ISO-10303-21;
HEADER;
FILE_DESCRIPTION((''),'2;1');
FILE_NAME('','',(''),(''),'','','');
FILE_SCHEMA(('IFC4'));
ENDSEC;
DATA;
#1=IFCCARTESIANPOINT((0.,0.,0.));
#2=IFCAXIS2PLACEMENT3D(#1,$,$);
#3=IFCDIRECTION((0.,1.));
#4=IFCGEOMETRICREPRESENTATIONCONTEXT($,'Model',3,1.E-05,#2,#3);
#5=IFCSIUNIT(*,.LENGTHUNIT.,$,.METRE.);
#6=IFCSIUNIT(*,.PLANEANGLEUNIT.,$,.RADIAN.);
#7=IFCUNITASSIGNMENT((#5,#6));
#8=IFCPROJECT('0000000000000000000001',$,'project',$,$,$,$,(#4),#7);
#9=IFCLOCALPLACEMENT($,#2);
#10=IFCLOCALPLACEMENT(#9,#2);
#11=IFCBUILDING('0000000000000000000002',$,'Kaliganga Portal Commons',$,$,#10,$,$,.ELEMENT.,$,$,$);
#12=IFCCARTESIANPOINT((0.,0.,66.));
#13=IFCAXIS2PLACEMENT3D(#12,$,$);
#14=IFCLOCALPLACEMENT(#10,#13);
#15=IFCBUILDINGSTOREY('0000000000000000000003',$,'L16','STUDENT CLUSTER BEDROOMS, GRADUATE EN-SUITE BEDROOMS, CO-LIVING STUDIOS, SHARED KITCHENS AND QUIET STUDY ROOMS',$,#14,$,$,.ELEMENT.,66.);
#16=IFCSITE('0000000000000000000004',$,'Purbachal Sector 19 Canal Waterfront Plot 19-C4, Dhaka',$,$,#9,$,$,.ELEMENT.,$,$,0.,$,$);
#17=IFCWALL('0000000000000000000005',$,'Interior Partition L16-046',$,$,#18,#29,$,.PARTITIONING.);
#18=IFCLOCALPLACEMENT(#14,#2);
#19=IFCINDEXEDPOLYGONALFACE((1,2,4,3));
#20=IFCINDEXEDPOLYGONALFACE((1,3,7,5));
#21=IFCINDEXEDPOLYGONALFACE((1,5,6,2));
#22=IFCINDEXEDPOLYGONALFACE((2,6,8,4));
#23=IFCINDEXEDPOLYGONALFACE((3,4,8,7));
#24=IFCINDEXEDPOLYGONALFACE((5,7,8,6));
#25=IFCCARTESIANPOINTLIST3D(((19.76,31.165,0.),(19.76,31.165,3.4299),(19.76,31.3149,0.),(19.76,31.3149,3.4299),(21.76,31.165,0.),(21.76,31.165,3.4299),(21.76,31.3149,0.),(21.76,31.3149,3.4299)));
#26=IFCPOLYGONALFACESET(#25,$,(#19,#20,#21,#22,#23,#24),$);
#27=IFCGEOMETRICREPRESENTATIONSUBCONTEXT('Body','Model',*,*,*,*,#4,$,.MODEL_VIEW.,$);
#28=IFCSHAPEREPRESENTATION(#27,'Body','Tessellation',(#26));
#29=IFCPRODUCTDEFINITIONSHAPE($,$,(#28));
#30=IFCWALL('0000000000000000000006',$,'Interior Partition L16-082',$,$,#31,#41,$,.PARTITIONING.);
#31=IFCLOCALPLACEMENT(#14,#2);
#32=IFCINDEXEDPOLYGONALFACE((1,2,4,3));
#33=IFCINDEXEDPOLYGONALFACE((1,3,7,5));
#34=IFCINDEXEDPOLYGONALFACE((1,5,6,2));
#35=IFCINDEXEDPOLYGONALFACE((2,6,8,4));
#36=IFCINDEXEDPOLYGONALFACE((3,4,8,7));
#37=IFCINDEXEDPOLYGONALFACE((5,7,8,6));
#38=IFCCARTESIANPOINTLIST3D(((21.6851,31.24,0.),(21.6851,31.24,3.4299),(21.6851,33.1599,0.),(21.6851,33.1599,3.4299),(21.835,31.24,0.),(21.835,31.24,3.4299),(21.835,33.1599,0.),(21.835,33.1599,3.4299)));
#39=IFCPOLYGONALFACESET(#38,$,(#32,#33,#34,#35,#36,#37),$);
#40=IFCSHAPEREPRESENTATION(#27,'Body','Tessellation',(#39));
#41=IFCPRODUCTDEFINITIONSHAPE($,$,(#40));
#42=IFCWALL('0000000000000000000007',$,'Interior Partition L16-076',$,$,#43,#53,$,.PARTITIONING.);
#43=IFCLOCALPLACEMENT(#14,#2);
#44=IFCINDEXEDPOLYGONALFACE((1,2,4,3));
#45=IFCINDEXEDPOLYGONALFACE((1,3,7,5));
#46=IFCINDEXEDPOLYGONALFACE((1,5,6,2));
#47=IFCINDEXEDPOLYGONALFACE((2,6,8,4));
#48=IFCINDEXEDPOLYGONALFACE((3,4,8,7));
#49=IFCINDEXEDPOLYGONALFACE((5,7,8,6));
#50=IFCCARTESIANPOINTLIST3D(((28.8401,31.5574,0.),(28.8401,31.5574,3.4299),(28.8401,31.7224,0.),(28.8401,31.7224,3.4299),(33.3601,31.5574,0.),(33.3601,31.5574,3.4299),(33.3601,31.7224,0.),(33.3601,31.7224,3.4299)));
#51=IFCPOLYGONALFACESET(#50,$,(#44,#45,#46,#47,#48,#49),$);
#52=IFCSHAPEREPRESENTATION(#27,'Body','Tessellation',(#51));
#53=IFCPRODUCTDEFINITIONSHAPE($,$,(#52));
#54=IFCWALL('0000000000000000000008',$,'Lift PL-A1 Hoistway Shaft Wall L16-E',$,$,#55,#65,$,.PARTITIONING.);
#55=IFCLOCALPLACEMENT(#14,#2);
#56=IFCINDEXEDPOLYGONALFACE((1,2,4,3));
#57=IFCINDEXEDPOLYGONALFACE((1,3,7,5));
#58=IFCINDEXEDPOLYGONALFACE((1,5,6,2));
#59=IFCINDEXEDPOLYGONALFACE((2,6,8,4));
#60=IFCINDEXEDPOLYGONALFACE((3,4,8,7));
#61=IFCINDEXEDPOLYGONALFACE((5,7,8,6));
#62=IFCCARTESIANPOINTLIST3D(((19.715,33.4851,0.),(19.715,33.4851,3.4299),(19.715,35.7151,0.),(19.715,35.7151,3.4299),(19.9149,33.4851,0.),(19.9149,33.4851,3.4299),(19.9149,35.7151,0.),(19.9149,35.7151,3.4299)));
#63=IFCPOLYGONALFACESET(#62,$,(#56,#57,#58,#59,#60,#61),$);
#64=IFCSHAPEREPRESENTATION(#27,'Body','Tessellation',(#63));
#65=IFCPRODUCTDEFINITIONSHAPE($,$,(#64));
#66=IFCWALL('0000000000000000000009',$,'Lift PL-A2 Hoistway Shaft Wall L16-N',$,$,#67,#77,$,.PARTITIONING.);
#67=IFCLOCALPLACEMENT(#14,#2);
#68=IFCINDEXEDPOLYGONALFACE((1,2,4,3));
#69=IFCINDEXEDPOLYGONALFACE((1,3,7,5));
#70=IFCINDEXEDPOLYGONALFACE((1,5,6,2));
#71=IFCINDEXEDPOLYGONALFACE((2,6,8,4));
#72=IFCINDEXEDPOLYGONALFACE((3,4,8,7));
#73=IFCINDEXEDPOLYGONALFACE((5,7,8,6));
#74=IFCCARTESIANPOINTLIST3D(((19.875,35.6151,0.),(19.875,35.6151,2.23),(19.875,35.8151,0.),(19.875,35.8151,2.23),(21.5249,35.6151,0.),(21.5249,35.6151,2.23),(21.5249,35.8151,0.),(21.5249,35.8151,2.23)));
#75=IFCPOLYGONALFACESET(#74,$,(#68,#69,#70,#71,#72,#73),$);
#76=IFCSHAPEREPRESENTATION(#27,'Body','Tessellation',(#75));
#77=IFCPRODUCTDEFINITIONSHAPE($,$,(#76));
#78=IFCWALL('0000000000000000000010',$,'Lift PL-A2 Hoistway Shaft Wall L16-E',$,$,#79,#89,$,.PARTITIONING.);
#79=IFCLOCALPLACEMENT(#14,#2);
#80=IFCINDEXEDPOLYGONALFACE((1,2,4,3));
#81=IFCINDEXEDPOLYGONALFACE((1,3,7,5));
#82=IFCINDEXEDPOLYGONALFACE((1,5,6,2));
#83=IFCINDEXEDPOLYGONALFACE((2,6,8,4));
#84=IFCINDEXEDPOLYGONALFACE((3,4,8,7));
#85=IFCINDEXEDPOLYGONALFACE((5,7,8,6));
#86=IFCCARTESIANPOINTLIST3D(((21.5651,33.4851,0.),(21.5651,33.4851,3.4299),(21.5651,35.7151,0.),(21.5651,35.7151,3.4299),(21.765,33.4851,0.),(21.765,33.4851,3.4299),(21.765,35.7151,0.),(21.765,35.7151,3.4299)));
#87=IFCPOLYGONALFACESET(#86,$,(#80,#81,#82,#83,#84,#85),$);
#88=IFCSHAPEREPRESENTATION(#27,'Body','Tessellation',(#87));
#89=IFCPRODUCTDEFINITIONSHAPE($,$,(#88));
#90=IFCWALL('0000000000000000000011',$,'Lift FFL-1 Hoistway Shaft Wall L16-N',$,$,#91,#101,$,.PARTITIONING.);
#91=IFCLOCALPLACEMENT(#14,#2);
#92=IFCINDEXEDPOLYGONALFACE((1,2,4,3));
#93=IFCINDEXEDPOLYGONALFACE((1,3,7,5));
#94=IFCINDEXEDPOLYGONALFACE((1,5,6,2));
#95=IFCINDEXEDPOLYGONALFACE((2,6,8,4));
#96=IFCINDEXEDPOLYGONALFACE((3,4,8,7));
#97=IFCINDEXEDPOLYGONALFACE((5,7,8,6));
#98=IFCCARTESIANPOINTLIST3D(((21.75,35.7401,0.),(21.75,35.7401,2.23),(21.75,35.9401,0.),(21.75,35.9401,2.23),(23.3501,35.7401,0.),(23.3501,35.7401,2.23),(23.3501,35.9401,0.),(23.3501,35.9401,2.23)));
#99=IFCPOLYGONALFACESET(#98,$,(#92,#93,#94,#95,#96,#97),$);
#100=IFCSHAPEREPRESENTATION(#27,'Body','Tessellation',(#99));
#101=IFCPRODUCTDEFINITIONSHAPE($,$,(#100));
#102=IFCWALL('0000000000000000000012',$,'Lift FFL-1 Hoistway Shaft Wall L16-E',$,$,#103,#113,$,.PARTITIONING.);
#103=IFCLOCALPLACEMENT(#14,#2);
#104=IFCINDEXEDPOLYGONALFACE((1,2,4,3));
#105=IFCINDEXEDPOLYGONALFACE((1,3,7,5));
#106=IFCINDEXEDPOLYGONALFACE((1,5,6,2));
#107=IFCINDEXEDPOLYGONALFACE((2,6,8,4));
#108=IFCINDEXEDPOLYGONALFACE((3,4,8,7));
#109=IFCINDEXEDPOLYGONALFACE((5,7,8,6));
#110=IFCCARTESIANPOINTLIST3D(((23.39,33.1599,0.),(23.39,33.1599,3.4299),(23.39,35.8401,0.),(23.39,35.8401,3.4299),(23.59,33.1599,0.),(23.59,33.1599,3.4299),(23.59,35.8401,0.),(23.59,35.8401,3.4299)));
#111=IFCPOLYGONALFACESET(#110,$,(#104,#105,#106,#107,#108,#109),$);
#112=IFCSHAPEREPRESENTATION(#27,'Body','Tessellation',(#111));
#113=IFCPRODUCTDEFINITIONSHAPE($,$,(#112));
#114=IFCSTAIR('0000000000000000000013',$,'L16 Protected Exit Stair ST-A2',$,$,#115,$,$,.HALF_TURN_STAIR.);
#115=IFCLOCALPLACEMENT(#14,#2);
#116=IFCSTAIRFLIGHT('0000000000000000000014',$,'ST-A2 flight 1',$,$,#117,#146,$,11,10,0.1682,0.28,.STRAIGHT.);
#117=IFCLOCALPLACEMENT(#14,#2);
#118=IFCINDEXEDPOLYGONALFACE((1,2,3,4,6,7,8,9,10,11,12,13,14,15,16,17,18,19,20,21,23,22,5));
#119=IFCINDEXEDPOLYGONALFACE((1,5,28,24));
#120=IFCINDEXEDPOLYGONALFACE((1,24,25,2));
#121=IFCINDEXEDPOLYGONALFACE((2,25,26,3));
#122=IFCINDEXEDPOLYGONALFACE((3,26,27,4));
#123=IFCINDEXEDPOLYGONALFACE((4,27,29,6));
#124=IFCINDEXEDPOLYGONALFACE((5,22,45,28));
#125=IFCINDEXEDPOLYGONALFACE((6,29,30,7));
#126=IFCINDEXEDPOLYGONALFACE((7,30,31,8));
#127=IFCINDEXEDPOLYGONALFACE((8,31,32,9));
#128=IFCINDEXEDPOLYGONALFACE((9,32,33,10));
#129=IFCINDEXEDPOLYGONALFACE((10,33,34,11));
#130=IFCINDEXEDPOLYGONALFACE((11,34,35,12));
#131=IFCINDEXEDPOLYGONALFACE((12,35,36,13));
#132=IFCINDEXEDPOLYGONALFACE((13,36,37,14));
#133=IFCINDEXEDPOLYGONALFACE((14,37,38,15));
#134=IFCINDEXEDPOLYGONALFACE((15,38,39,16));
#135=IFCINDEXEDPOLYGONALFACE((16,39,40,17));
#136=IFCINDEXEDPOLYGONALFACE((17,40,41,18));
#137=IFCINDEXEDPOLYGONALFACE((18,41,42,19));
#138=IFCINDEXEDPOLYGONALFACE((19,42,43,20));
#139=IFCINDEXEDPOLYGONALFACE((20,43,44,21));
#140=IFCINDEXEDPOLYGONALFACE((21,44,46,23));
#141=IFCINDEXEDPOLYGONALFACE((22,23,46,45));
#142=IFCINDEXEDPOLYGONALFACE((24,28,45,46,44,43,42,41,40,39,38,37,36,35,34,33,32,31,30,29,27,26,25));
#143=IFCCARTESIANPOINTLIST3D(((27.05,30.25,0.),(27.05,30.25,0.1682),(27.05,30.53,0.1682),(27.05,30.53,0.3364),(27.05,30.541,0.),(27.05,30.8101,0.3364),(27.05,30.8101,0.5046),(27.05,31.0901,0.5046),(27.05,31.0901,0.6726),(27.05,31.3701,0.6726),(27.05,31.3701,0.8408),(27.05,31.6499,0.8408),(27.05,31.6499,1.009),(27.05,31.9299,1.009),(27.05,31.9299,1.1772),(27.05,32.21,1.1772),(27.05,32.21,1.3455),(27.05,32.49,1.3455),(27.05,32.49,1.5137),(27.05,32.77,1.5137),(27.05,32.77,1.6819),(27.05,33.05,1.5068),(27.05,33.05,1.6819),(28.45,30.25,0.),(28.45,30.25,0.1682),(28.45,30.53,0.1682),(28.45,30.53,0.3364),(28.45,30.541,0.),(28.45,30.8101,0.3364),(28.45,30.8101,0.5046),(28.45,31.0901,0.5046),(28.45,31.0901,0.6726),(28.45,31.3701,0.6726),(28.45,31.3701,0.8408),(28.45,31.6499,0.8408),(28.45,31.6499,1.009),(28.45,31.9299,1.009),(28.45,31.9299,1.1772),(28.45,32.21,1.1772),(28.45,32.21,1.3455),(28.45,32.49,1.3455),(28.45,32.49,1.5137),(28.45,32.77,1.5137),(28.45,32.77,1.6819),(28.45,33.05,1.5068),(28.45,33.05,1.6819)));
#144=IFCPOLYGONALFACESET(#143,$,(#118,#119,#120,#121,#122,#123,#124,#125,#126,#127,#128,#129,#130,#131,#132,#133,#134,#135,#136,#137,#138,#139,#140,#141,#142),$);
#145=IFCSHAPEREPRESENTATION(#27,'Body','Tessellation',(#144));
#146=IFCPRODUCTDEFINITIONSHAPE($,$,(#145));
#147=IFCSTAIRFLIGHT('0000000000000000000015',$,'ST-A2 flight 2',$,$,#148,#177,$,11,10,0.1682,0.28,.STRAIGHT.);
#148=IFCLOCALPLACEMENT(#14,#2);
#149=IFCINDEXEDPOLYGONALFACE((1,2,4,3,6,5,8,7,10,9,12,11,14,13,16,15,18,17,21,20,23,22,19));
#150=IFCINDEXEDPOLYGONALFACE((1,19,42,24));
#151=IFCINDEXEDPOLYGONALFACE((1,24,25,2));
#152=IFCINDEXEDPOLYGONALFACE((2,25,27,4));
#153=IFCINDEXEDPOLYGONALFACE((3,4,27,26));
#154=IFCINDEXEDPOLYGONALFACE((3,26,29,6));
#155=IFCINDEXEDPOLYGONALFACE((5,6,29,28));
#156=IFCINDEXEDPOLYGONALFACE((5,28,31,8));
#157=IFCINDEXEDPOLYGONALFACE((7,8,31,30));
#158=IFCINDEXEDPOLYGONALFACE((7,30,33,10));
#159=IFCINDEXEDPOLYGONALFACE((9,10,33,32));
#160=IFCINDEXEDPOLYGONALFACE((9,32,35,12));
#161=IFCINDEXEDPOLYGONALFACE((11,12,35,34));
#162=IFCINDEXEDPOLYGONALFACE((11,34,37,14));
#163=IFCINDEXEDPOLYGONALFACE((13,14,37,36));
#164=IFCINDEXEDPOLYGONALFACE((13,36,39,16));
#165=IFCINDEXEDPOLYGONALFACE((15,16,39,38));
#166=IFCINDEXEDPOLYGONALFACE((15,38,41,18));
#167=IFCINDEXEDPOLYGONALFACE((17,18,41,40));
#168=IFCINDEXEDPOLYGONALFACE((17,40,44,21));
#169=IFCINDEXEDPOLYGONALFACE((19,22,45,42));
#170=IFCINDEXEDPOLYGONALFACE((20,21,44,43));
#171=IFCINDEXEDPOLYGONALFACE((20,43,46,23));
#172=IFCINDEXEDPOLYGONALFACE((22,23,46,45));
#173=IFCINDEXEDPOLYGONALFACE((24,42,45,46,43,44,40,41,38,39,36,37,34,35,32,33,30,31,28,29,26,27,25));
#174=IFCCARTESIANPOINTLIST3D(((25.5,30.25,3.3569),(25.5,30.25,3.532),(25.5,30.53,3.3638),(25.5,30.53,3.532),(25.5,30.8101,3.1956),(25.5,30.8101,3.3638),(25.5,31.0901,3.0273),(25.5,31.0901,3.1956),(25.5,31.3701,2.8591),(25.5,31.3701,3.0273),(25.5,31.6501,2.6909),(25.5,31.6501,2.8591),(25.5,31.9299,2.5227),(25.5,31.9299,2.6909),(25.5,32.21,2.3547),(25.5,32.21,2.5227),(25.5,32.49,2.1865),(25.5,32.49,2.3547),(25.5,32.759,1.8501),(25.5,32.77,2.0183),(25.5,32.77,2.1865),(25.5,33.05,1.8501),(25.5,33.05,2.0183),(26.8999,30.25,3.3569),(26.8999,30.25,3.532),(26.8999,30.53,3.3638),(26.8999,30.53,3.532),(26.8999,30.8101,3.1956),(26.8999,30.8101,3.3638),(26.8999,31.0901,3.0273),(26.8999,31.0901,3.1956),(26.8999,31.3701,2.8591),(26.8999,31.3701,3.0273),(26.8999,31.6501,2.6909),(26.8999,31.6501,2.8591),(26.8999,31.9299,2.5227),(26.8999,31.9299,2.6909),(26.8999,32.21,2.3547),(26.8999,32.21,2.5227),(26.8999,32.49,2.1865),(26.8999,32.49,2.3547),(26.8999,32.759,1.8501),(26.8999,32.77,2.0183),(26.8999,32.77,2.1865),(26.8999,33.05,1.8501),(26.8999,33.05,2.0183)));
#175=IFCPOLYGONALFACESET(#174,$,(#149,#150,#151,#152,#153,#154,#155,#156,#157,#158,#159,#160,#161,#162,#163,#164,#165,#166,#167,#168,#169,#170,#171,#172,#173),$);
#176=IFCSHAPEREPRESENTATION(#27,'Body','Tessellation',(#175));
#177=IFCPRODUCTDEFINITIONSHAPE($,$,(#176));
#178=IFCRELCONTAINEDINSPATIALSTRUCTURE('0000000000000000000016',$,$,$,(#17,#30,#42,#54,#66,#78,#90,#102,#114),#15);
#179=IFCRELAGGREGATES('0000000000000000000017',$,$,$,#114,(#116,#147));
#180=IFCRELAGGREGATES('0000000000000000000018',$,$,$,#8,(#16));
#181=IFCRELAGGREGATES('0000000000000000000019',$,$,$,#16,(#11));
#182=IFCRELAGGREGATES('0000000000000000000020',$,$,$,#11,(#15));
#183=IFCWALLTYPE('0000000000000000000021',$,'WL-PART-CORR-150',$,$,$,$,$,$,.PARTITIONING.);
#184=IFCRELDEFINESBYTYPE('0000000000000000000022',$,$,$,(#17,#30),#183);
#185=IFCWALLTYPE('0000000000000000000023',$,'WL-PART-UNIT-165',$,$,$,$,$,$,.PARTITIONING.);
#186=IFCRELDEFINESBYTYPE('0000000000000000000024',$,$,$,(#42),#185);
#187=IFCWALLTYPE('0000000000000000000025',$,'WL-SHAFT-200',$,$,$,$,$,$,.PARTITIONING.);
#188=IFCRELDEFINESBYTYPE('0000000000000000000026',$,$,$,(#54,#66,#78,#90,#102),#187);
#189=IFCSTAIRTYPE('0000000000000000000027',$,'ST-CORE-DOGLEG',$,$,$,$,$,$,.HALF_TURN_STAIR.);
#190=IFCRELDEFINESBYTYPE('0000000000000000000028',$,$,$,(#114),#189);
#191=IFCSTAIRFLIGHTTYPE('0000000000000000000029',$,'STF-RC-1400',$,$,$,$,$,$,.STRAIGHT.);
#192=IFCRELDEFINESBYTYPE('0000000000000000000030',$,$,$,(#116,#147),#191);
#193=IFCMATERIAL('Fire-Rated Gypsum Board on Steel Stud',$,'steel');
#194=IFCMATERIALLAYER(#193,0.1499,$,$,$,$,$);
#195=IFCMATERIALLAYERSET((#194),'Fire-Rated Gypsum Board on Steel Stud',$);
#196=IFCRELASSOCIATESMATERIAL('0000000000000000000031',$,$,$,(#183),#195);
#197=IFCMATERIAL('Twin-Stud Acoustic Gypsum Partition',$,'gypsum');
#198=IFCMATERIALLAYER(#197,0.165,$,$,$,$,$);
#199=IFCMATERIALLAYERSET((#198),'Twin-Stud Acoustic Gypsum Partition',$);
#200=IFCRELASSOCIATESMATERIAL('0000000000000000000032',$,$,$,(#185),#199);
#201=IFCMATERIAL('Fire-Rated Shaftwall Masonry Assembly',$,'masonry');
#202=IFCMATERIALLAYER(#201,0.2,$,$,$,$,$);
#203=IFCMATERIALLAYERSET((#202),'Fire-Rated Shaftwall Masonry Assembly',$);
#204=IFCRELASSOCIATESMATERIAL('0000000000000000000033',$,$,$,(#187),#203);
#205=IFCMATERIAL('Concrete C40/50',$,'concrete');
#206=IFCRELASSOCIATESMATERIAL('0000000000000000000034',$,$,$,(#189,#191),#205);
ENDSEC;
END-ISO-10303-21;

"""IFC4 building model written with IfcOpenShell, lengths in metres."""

from ifc_helpers import new_model, si_unit, direction, frame, frame_2d, origin, place, context, subcontext, project, spatial, polyline, rectangle, outline, extrude, material, layer, layer_set, type_object, element, aggregate, save


model = new_model("IFC4")

# Units and contexts
model_context = context("Model", 3, precision=1e-05, world=origin(), true_north=direction((0.0, 1.0)))
body_context = subcontext(model_context, "Body", "Model", "MODEL_VIEW")
ifc_project = project(units=[si_unit("LENGTHUNIT", "METRE"), si_unit("PLANEANGLEUNIT", "RADIAN")], contexts=[model_context])

# Site, building, storey
site_placement = place(None, origin())
site = spatial("IfcSite", under=ifc_project, at=site_placement, Name="Purbachal Sector 19 Canal Waterfront Plot 19-C4, Dhaka", CompositionType="ELEMENT", RefElevation=0.0)
building_placement = place(site_placement, origin())
building = spatial("IfcBuilding", under=site, at=building_placement, Name="Kaliganga Portal Commons", CompositionType="ELEMENT")
storey_placement = place(building_placement, frame((0.0, 0.0, 66.0)))
storey = spatial("IfcBuildingStorey", under=building, at=storey_placement, Name="L16", Description="STUDENT CLUSTER BEDROOMS, GRADUATE EN-SUITE BEDROOMS, CO-LIVING STUDIOS, SHARED KITCHENS AND QUIET STUDY ROOMS", CompositionType="ELEMENT", Elevation=66.0)

# Walls
ifc_material_1 = material(Name="Fire-Rated Gypsum Board on Steel Stud", Category="steel")
ifc_layer_1 = layer(ifc_material_1, 0.1499)
ifc_layer_set_1 = layer_set([ifc_layer_1], Name="Fire-Rated Gypsum Board on Steel Stud")
wall_type_1 = type_object("IfcWallType", Name="WL-PART-CORR-150", PredefinedType="PARTITIONING", material=ifc_layer_set_1)
wall_1_placement = place(storey_placement, frame((19.76, 31.24, 0.0), z_axis=(0.0, 0.0, 1.0), x_axis=(1.0, 0.0, 0.0)))
element("IfcWall", 1, at=wall_1_placement, inside=storey, type_object=wall_type_1, Name="Interior Partition L16-046", PredefinedType="PARTITIONING", context=body_context, shape_type="SweptSolid", body=[
    extrude(rectangle(XDim=2.0, YDim=0.1499, at=frame_2d((1.0, 0.0))), origin(), (0.0, 0.0, 1.0), 3.4299),
])
wall_2_placement = place(storey_placement, frame((21.76, 31.24, 0.0), z_axis=(0.0, 0.0, 1.0), x_axis=(0.0, 1.0, 0.0)))
element("IfcWall", 2, at=wall_2_placement, inside=storey, type_object=wall_type_1, Name="Interior Partition L16-082", PredefinedType="PARTITIONING", context=body_context, shape_type="SweptSolid", body=[
    extrude(rectangle(XDim=1.9199, YDim=0.1499, at=frame_2d((0.96, 0.0))), origin(), (0.0, 0.0, 1.0), 3.4299),
])
ifc_material_2 = material(Name="Twin-Stud Acoustic Gypsum Partition", Category="gypsum")
ifc_layer_2 = layer(ifc_material_2, 0.165)
ifc_layer_set_2 = layer_set([ifc_layer_2], Name="Twin-Stud Acoustic Gypsum Partition")
wall_type_2 = type_object("IfcWallType", Name="WL-PART-UNIT-165", PredefinedType="PARTITIONING", material=ifc_layer_set_2)
wall_3_placement = place(storey_placement, frame((28.8401, 31.6399, 0.0), z_axis=(0.0, 0.0, 1.0), x_axis=(1.0, 0.0, 0.0)))
element("IfcWall", 3, at=wall_3_placement, inside=storey, type_object=wall_type_2, Name="Interior Partition L16-076", PredefinedType="PARTITIONING", context=body_context, shape_type="SweptSolid", body=[
    extrude(rectangle(XDim=4.52, YDim=0.165, at=frame_2d((2.26, 0.0))), origin(), (0.0, 0.0, 1.0), 3.4299),
])
ifc_material_3 = material(Name="Fire-Rated Shaftwall Masonry Assembly", Category="masonry")
ifc_layer_3 = layer(ifc_material_3, 0.2)
ifc_layer_set_3 = layer_set([ifc_layer_3], Name="Fire-Rated Shaftwall Masonry Assembly")
wall_type_3 = type_object("IfcWallType", Name="WL-SHAFT-200", PredefinedType="PARTITIONING", material=ifc_layer_set_3)
wall_4_placement = place(storey_placement, frame((19.8149, 33.4851, 0.0), z_axis=(0.0, 0.0, 1.0), x_axis=(0.0, 1.0, 0.0)))
element("IfcWall", 4, at=wall_4_placement, inside=storey, type_object=wall_type_3, Name="Lift PL-A1 Hoistway Shaft Wall L16-E", PredefinedType="PARTITIONING", context=body_context, shape_type="SweptSolid", body=[
    extrude(rectangle(XDim=2.23, YDim=0.2, at=frame_2d((1.115, 0.0))), origin(), (0.0, 0.0, 1.0), 3.4299),
])

# Walls
wall_5_placement = place(storey_placement, frame((19.875, 35.7151, 0.0), z_axis=(0.0, 0.0, 1.0), x_axis=(1.0, 0.0, 0.0)))
element("IfcWall", 5, at=wall_5_placement, inside=storey, type_object=wall_type_3, Name="Lift PL-A2 Hoistway Shaft Wall L16-N", PredefinedType="PARTITIONING", context=body_context, shape_type="SweptSolid", body=[
    extrude(rectangle(XDim=1.6499, YDim=0.2, at=frame_2d((0.825, 0.0))), origin(), (0.0, 0.0, 1.0), 2.23),
])
wall_6_placement = place(storey_placement, frame((21.665, 33.4851, 0.0), z_axis=(0.0, 0.0, 1.0), x_axis=(0.0, 1.0, 0.0)))
element("IfcWall", 6, at=wall_6_placement, inside=storey, type_object=wall_type_3, Name="Lift PL-A2 Hoistway Shaft Wall L16-E", PredefinedType="PARTITIONING", context=body_context, shape_type="SweptSolid", body=[
    extrude(rectangle(XDim=2.23, YDim=0.2, at=frame_2d((1.115, 0.0))), origin(), (0.0, 0.0, 1.0), 3.4299),
])

# Walls
wall_7_placement = place(storey_placement, frame((21.75, 35.8401, 0.0), z_axis=(0.0, 0.0, 1.0), x_axis=(1.0, 0.0, 0.0)))
element("IfcWall", 7, at=wall_7_placement, inside=storey, type_object=wall_type_3, Name="Lift FFL-1 Hoistway Shaft Wall L16-N", PredefinedType="PARTITIONING", context=body_context, shape_type="SweptSolid", body=[
    extrude(rectangle(XDim=1.6001, YDim=0.2, at=frame_2d((0.8, 0.0))), origin(), (0.0, 0.0, 1.0), 2.23),
])
wall_8_placement = place(storey_placement, frame((23.49, 33.1599, 0.0), z_axis=(0.0, 0.0, 1.0), x_axis=(0.0, 1.0, 0.0)))
element("IfcWall", 8, at=wall_8_placement, inside=storey, type_object=wall_type_3, Name="Lift FFL-1 Hoistway Shaft Wall L16-E", PredefinedType="PARTITIONING", context=body_context, shape_type="SweptSolid", body=[
    extrude(rectangle(XDim=2.6802, YDim=0.2, at=frame_2d((1.3401, 0.0))), origin(), (0.0, 0.0, 1.0), 3.4299),
])

# Stair, stair flights
ifc_material_4 = material(Name="Concrete C40/50", Category="concrete")
stair_type = type_object("IfcStairType", Name="ST-CORE-DOGLEG", PredefinedType="HALF_TURN_STAIR", material=ifc_material_4)
stair_placement = place(storey_placement, origin())
stair = element("IfcStair", 9, at=stair_placement, inside=storey, type_object=stair_type, Name="L16 Protected Exit Stair ST-A2", PredefinedType="HALF_TURN_STAIR")
stair_flight_type = type_object("IfcStairFlightType", Name="STF-RC-1400", PredefinedType="STRAIGHT", material=ifc_material_4)
stair_flight_1_placement = place(storey_placement, frame((27.75, 30.25, 0.0), z_axis=(0.0, 0.0, 1.0), x_axis=(0.0, 1.0, 0.0)))
stair_flight_1 = element("IfcStairFlight", 10, at=stair_flight_1_placement, type_object=stair_flight_type, Name="ST-A2 flight 1", NumberOfRisers=11, NumberOfTreads=10, PredefinedType="STRAIGHT", RiserHeight=0.1682, TreadLength=0.28, context=body_context, shape_type="SweptSolid", body=[
    extrude(outline(polyline([(0.0, 0.0), (0.0, 0.1682), (0.28, 0.1682), (0.28, 0.3364), (0.5601, 0.3364), (0.5601, 0.5046), (0.8401, 0.5046), (0.8401, 0.6726), (1.1201, 0.6726), (1.1201, 0.8408), (1.3999, 0.8408), (1.3999, 1.009), (1.6799, 1.009), (1.6799, 1.1772), (1.96, 1.1772), (1.96, 1.3455), (2.24, 1.3455), (2.24, 1.5137), (2.52, 1.5137), (2.52, 1.6819), (2.8, 1.6819), (2.8, 1.8501), (2.8, 1.5068), (0.291, 0.0), (0.0, 0.0)])), frame((0.0, 0.7, 0.0), z_axis=(0.0, -1.0, 0.0), x_axis=(1.0, 0.0, 0.0)), (0.0, 0.0, 1.0), 1.3999),
])
stair_flight_2_placement = place(storey_placement, frame((26.2, 33.05, 1.8501), z_axis=(0.0, 0.0, 1.0), x_axis=(0.0, -1.0, 0.0)))
stair_flight_2 = element("IfcStairFlight", 11, at=stair_flight_2_placement, type_object=stair_flight_type, Name="ST-A2 flight 2", NumberOfRisers=11, NumberOfTreads=10, PredefinedType="STRAIGHT", RiserHeight=0.1682, TreadLength=0.28, context=body_context, shape_type="SweptSolid", body=[
    extrude(outline(polyline([(0.0, 0.0), (0.0, 0.1682), (0.28, 0.1682), (0.28, 0.3364), (0.5601, 0.3364), (0.5601, 0.5046), (0.8401, 0.5046), (0.8401, 0.6726), (1.1201, 0.6726), (1.1201, 0.8408), (1.3999, 0.8408), (1.3999, 1.009), (1.6799, 1.009), (1.6799, 1.1772), (1.96, 1.1772), (1.96, 1.3455), (2.24, 1.3455), (2.24, 1.5137), (2.52, 1.5137), (2.52, 1.6819), (2.8, 1.6819), (2.8, 1.8501), (2.8, 1.5068), (0.291, 0.0), (0.0, 0.0)])), frame((0.0, 0.7, 0.0), z_axis=(0.0, -1.0, 0.0), x_axis=(1.0, 0.0, 0.0)), (0.0, 0.0, 1.0), 1.3999),
])
aggregate(stair, [stair_flight_1, stair_flight_2])

save(model, "model.ifc")
